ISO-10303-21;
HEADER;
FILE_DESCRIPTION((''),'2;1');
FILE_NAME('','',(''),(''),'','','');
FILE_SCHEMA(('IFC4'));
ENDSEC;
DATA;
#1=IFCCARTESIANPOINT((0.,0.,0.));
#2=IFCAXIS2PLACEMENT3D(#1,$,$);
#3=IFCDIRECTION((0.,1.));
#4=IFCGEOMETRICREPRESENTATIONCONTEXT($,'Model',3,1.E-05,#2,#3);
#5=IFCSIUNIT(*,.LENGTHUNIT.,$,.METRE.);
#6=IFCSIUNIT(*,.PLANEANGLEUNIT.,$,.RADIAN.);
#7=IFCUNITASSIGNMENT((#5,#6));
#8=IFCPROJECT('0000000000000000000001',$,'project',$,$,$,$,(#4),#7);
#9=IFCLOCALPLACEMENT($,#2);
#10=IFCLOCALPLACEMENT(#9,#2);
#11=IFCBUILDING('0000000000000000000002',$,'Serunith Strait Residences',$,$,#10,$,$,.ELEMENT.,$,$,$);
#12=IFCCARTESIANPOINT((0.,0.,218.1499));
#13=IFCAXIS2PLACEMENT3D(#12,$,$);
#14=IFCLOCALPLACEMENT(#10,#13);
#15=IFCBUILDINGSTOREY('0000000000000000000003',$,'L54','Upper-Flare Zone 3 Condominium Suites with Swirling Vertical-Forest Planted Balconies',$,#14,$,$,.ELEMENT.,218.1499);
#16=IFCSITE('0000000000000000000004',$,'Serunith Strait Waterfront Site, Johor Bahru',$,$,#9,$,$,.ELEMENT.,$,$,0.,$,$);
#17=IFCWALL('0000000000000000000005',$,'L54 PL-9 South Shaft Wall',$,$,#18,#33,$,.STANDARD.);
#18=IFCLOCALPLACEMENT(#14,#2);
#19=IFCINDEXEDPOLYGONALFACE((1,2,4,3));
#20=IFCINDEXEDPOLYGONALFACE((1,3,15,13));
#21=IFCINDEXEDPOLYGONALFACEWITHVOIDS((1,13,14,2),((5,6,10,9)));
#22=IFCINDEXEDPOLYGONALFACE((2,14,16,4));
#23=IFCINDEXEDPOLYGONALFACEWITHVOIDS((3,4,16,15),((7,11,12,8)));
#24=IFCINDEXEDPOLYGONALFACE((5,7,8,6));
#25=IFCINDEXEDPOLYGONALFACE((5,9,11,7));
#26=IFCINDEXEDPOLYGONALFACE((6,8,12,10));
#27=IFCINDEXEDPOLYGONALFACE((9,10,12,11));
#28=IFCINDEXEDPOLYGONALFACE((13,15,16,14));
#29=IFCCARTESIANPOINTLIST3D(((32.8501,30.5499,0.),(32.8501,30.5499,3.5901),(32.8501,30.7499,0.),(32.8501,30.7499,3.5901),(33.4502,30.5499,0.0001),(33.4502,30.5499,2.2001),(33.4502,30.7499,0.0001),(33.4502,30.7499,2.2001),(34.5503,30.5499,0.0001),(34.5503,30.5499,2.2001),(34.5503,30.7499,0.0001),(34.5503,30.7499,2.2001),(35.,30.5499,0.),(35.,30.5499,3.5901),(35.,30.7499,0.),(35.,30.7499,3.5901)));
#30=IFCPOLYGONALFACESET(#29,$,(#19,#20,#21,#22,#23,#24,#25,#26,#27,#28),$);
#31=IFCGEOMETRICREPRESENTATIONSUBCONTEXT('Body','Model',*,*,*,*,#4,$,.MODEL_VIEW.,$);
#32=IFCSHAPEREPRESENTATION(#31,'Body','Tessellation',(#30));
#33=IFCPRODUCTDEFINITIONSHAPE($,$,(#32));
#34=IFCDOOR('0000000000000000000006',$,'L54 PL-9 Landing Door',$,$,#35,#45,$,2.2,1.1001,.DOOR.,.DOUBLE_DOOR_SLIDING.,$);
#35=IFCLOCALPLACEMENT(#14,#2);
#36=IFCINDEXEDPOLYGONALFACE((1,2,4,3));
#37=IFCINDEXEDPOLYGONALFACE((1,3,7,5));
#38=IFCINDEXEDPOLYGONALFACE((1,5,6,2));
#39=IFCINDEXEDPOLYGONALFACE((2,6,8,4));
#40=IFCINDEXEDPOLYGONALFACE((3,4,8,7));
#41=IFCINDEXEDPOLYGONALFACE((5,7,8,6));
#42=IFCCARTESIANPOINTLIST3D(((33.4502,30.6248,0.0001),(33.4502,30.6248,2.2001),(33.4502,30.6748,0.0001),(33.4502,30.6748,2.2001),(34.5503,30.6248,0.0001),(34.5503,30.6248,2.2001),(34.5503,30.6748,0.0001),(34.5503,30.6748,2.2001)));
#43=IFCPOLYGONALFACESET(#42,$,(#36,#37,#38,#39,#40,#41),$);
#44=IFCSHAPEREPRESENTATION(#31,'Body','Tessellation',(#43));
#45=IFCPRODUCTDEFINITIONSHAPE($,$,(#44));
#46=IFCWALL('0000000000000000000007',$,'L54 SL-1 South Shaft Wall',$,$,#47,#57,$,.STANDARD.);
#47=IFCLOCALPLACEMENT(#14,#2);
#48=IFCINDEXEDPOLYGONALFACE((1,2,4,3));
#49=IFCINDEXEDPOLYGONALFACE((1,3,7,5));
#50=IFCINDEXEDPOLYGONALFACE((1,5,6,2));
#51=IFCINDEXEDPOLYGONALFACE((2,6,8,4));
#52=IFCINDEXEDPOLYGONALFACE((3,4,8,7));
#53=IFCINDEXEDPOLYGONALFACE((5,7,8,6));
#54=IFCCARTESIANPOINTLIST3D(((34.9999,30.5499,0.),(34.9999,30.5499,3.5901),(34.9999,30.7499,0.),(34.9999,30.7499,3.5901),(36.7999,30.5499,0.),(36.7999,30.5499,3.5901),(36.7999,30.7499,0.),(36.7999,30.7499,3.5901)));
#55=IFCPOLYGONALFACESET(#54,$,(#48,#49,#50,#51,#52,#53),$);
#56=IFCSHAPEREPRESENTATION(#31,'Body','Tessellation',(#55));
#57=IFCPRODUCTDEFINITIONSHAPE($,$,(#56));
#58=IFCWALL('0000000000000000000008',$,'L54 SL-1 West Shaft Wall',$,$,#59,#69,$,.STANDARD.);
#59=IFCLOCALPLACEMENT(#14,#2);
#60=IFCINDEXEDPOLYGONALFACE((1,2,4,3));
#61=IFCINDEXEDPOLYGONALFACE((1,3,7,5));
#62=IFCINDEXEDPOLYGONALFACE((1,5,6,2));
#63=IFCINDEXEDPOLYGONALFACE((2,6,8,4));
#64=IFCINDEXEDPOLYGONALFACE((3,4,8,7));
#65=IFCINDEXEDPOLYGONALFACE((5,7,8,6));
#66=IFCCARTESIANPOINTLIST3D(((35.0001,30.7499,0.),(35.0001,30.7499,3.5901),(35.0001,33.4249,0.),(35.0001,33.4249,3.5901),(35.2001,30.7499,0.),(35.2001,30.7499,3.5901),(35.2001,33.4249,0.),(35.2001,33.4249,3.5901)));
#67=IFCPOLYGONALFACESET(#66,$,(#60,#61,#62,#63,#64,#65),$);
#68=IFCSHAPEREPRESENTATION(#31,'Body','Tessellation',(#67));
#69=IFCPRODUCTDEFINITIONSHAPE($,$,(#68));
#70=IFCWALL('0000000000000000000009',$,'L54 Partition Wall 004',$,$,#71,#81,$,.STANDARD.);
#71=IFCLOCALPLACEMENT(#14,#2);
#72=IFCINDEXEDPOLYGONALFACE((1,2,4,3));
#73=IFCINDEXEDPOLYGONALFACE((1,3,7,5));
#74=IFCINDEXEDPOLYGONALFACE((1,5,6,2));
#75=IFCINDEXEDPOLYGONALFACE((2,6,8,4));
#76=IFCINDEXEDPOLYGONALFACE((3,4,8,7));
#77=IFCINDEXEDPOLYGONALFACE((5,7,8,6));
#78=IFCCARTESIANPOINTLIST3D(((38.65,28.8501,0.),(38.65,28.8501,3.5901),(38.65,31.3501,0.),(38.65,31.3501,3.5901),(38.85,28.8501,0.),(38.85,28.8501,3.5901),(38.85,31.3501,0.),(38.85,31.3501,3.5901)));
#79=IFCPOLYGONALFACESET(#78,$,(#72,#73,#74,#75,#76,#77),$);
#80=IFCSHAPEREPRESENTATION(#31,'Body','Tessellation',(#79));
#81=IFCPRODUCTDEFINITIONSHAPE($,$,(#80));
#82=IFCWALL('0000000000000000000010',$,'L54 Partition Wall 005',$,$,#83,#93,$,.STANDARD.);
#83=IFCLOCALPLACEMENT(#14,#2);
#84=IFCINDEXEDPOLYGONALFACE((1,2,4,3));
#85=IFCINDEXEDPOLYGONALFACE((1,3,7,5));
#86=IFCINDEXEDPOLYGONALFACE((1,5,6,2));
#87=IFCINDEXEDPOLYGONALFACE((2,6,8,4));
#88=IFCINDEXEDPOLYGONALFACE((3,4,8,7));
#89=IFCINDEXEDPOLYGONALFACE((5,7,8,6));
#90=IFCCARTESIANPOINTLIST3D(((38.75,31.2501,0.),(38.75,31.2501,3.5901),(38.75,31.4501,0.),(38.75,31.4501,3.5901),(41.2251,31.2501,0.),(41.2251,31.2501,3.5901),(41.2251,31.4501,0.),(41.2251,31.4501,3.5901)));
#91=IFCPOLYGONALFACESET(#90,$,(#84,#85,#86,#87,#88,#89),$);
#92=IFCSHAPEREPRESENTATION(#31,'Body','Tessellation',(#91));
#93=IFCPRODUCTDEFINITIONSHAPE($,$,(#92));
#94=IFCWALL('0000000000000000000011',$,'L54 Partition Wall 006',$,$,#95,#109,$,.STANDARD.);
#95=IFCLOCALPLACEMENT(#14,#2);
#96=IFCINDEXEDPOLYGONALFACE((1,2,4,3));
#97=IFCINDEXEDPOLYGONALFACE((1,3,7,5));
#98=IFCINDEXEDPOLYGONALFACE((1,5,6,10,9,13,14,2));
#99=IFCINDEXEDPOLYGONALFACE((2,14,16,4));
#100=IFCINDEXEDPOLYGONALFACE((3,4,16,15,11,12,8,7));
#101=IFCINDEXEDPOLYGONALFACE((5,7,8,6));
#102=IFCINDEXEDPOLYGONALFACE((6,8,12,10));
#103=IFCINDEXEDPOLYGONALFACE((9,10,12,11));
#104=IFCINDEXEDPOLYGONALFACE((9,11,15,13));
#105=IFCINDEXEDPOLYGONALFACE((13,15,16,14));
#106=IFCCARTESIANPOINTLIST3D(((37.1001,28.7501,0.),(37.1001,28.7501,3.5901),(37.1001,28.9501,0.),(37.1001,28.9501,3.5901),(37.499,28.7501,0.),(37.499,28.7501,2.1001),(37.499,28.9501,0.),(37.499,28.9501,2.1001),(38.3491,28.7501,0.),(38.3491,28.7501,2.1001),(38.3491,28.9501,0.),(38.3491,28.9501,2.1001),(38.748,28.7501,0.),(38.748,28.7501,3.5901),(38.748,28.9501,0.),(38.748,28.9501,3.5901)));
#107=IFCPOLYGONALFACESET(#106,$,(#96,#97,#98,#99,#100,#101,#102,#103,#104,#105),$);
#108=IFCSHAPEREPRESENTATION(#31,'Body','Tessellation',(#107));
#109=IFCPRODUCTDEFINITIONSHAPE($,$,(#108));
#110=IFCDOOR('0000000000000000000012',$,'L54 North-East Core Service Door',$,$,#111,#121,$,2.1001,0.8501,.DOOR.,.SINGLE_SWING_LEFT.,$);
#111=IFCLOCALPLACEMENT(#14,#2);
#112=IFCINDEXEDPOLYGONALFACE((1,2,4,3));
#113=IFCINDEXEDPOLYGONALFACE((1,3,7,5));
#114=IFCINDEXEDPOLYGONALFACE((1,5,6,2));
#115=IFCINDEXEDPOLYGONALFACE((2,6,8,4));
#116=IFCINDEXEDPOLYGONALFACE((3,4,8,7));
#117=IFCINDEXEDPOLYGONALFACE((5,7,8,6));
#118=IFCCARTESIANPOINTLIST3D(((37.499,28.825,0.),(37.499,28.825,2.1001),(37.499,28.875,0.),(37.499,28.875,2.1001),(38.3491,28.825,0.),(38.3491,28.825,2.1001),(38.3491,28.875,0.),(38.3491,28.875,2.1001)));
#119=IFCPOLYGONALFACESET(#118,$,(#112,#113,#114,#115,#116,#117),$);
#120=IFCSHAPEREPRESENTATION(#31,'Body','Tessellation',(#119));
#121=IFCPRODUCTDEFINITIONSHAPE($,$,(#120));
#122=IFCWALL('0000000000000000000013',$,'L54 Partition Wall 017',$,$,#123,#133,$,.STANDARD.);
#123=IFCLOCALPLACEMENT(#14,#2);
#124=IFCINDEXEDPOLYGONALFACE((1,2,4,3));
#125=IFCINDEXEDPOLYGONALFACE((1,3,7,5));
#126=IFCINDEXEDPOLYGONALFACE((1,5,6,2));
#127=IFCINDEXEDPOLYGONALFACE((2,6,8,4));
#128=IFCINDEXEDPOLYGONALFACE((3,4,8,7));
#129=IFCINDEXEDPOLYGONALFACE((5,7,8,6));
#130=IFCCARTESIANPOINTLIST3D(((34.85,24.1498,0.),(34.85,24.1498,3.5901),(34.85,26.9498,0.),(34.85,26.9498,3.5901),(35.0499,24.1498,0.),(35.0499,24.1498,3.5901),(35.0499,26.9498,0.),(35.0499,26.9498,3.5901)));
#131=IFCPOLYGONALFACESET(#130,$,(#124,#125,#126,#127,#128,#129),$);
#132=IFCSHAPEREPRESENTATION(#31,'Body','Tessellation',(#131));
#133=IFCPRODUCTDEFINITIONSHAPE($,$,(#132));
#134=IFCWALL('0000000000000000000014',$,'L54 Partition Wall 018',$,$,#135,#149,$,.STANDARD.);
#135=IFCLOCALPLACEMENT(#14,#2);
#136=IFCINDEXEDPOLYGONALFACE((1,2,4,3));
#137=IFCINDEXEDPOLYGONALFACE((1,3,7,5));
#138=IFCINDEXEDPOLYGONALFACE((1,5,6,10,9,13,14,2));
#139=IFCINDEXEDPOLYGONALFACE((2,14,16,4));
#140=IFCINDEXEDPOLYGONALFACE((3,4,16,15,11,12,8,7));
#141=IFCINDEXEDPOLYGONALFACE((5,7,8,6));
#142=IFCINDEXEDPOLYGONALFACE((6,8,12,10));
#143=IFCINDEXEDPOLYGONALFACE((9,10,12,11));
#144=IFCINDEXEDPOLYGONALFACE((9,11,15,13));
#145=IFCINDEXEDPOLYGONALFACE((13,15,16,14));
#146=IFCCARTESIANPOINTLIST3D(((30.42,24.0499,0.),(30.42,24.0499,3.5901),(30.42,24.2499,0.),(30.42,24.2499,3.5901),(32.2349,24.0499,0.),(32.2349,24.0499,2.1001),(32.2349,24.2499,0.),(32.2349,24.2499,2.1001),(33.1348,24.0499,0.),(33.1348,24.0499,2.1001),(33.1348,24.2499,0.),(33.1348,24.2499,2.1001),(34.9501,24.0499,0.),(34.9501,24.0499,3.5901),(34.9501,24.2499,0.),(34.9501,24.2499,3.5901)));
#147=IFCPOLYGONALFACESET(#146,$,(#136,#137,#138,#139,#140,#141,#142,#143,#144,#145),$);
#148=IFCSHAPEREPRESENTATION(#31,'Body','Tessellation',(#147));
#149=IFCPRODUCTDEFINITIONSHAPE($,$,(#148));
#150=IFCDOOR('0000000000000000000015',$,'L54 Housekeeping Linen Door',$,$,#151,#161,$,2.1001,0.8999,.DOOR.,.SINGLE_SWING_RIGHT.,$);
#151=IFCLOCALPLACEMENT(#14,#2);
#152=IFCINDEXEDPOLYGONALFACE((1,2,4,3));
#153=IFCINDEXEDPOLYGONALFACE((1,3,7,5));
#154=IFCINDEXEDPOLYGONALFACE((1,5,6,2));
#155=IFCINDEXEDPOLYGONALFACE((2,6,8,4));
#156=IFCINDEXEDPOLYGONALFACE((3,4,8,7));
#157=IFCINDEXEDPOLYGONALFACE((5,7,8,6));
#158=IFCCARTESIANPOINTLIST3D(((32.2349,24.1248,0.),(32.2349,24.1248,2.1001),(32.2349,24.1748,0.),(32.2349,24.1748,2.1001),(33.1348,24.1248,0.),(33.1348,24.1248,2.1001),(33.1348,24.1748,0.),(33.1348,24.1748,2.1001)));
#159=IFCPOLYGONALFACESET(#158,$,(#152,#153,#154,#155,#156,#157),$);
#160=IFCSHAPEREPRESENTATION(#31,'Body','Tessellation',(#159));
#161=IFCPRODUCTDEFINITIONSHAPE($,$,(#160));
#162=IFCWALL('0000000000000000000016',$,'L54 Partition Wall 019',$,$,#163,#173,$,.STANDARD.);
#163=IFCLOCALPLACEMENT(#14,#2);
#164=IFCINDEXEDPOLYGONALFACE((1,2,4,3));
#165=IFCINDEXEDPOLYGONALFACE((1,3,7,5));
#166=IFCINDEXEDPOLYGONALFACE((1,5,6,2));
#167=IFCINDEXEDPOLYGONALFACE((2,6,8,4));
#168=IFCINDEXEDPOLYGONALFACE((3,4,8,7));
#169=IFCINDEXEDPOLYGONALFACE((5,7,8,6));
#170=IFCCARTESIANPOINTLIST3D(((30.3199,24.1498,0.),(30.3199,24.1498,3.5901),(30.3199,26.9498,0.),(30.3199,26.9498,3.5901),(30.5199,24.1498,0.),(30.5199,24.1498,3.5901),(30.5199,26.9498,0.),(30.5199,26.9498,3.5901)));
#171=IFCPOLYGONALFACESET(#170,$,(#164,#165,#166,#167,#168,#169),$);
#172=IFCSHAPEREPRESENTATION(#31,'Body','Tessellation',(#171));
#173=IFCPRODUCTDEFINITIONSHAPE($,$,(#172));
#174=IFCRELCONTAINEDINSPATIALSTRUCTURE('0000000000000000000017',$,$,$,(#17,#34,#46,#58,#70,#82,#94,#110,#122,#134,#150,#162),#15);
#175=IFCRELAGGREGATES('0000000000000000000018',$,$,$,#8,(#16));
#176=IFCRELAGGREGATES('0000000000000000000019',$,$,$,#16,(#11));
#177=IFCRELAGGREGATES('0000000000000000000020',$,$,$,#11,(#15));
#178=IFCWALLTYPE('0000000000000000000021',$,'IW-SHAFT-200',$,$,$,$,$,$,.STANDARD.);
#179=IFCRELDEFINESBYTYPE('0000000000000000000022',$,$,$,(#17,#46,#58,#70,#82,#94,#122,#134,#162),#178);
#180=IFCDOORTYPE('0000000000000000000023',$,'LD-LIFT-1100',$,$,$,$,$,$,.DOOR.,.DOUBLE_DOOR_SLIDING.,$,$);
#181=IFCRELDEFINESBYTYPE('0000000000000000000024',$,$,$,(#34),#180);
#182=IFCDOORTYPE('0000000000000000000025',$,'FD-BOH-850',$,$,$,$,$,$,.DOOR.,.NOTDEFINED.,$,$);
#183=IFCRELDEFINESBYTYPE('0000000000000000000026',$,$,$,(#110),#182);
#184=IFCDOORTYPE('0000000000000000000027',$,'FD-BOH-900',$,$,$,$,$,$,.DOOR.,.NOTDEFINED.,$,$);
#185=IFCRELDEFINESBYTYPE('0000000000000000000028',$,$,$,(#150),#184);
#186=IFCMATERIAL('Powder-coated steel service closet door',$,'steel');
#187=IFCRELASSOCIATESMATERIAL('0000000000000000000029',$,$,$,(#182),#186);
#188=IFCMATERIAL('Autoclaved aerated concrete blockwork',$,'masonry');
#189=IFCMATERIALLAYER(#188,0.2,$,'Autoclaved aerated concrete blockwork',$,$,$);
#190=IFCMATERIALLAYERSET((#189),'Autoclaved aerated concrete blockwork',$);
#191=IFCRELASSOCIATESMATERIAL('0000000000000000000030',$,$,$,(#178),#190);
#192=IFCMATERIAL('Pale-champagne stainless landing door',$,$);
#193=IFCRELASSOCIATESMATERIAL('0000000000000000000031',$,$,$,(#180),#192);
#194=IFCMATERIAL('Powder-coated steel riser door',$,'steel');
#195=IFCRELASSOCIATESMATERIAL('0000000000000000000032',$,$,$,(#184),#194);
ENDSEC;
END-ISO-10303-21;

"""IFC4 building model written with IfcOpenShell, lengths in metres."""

from ifc_helpers import new_model, si_unit, direction, frame, frame_2d, origin, place, context, subcontext, project, spatial, rectangle, extrude, source, transform, mapped, material, layer, layer_set, type_object, element, fill, save


model = new_model("IFC4")

# Units and contexts
model_context = context("Model", 3, precision=1e-05, world=origin(), true_north=direction((0.0, 1.0)))
body_context = subcontext(model_context, "Body", "Model", "MODEL_VIEW")
ifc_project = project(units=[si_unit("LENGTHUNIT", "METRE"), si_unit("PLANEANGLEUNIT", "RADIAN")], contexts=[model_context])

# Site, building, storey
site_placement = place(None, origin())
site = spatial("IfcSite", under=ifc_project, at=site_placement, Name="Serunith Strait Waterfront Site, Johor Bahru", CompositionType="ELEMENT", RefElevation=0.0)
building_placement = place(site_placement, origin())
building = spatial("IfcBuilding", under=site, at=building_placement, Name="Serunith Strait Residences", CompositionType="ELEMENT")
storey_placement = place(building_placement, frame((0.0, 0.0, 218.1499)))
storey = spatial("IfcBuildingStorey", under=building, at=storey_placement, Name="L54", Description="Upper-Flare Zone 3 Condominium Suites with Swirling Vertical-Forest Planted Balconies", CompositionType="ELEMENT", Elevation=218.1499)

# Shared definitions
ifc_material_1 = material(Name="Powder-coated steel service closet door", Category="steel")
door_type_1 = type_object("IfcDoorType", Name="FD-BOH-850", OperationType="NOTDEFINED", PredefinedType="DOOR", material=ifc_material_1)
shared_shape_1 = source(origin(), body_context, "Body", "SweptSolid", [
    extrude(rectangle(XDim=0.8501, YDim=2.1001, at=frame_2d((0.425, 1.05))), frame((0.0, 0.0249, 0.0), z_axis=(0.0, -1.0, 0.0), x_axis=(1.0, 0.0, 0.0)), (0.0, 0.0, 1.0), 0.05),
])

# Wall, opening, door
ifc_material_2 = material(Name="Autoclaved aerated concrete blockwork", Category="masonry")
ifc_layer_1 = layer(ifc_material_2, 0.2, Name="Autoclaved aerated concrete blockwork")
ifc_layer_set_1 = layer_set([ifc_layer_1], Name="Autoclaved aerated concrete blockwork")
wall_type_1 = type_object("IfcWallType", Name="IW-SHAFT-200", PredefinedType="STANDARD", material=ifc_layer_set_1)
ifc_material_3 = material(Name="Pale-champagne stainless landing door")
door_type_2 = type_object("IfcDoorType", Name="LD-LIFT-1100", OperationType="DOUBLE_DOOR_SLIDING", PredefinedType="DOOR", material=ifc_material_3)
shared_shape_2 = source(origin(), body_context, "Body", "SweptSolid", [
    extrude(rectangle(XDim=1.1001, YDim=2.2, at=frame_2d((0.55, 1.1001))), frame((0.0, 0.0249, 0.0), z_axis=(0.0, -1.0, 0.0), x_axis=(1.0, 0.0, 0.0)), (0.0, 0.0, 1.0), 0.05),
])
wall_1_placement = place(storey_placement, frame((32.8501, 30.6499, 0.0), z_axis=(0.0, 0.0, 1.0), x_axis=(1.0, 0.0, 0.0)))
wall_1 = element("IfcWall", 1, at=wall_1_placement, inside=storey, type_object=wall_type_1, Name="L54 PL-9 South Shaft Wall", PredefinedType="STANDARD", context=body_context, shape_type="SweptSolid", body=[
    extrude(rectangle(XDim=2.1499, YDim=0.2, at=frame_2d((1.075, 0.0))), origin(), (0.0, 0.0, 1.0), 3.5901),
])
opening_1_placement = place(wall_1_placement, frame((0.6001, 0.0, 0.0)))
opening_1 = element("IfcOpeningElement", 2, at=opening_1_placement, cuts=wall_1, PredefinedType="OPENING", context=body_context, shape_type="SweptSolid", body=[
    extrude(rectangle(XDim=1.1001, YDim=2.2, at=frame_2d((0.55, 1.1001))), frame((0.0, 0.1099, 0.0), z_axis=(0.0, -1.0, 0.0), x_axis=(1.0, 0.0, 0.0)), (0.0, 0.0, 1.0), 0.22),
])
door_1_placement = place(opening_1_placement, origin())
door_1 = element("IfcDoor", 3, at=door_1_placement, inside=storey, type_object=door_type_2, Name="L54 PL-9 Landing Door", OperationType="DOUBLE_DOOR_SLIDING", OverallHeight=2.2, OverallWidth=1.1001, PredefinedType="DOOR", context=body_context, shape_type="MappedRepresentation", body=[
    mapped(shared_shape_2, transform((0.0, 0.0, 0.0), scale=1.0)),
])
fill(opening_1, door_1)

# Walls
wall_2_placement = place(storey_placement, frame((35.0, 30.6499, 0.0), z_axis=(0.0, 0.0, 1.0), x_axis=(1.0, 0.0, 0.0)))
element("IfcWall", 4, at=wall_2_placement, inside=storey, type_object=wall_type_1, Name="L54 SL-1 South Shaft Wall", PredefinedType="STANDARD", context=body_context, shape_type="SweptSolid", body=[
    extrude(rectangle(XDim=1.8, YDim=0.2, at=frame_2d((0.8999, 0.0))), origin(), (0.0, 0.0, 1.0), 3.5901),
])
wall_3_placement = place(storey_placement, frame((35.1001, 30.75, 0.0), z_axis=(0.0, 0.0, 1.0), x_axis=(0.0, 1.0, 0.0)))
element("IfcWall", 5, at=wall_3_placement, inside=storey, type_object=wall_type_1, Name="L54 SL-1 West Shaft Wall", PredefinedType="STANDARD", context=body_context, shape_type="SweptSolid", body=[
    extrude(rectangle(XDim=2.675, YDim=0.2, at=frame_2d((1.3374, 0.0))), origin(), (0.0, 0.0, 1.0), 3.5901),
])
wall_4_placement = place(storey_placement, frame((38.75, 28.8501, 0.0), z_axis=(0.0, 0.0, 1.0), x_axis=(0.0, 1.0, 0.0)))
element("IfcWall", 6, at=wall_4_placement, inside=storey, type_object=wall_type_1, Name="L54 Partition Wall 004", PredefinedType="STANDARD", context=body_context, shape_type="SweptSolid", body=[
    extrude(rectangle(XDim=2.5, YDim=0.2, at=frame_2d((1.25, 0.0))), origin(), (0.0, 0.0, 1.0), 3.5901),
])
wall_5_placement = place(storey_placement, frame((38.75, 31.3501, 0.0), z_axis=(0.0, 0.0, 1.0), x_axis=(1.0, 0.0, 0.0)))
element("IfcWall", 7, at=wall_5_placement, inside=storey, type_object=wall_type_1, Name="L54 Partition Wall 005", PredefinedType="STANDARD", context=body_context, shape_type="SweptSolid", body=[
    extrude(rectangle(XDim=2.4751, YDim=0.2, at=frame_2d((1.2375, 0.0))), origin(), (0.0, 0.0, 1.0), 3.5901),
])

# Wall, opening, door
wall_6_placement = place(storey_placement, frame((37.1001, 28.8501, 0.0), z_axis=(0.0, 0.0, 1.0), x_axis=(1.0, 0.0, 0.0)))
wall_6 = element("IfcWall", 8, at=wall_6_placement, inside=storey, type_object=wall_type_1, Name="L54 Partition Wall 006", PredefinedType="STANDARD", context=body_context, shape_type="SweptSolid", body=[
    extrude(rectangle(XDim=1.6479, YDim=0.2, at=frame_2d((0.824, 0.0))), origin(), (0.0, 0.0, 1.0), 3.5901),
])
opening_2_placement = place(wall_6_placement, frame((0.3989, 0.0, 0.0)))
opening_2 = element("IfcOpeningElement", 9, at=opening_2_placement, cuts=wall_6, PredefinedType="OPENING", context=body_context, shape_type="SweptSolid", body=[
    extrude(rectangle(XDim=0.8501, YDim=2.1001, at=frame_2d((0.425, 1.05))), frame((0.0, 0.1099, 0.0), z_axis=(0.0, -1.0, 0.0), x_axis=(1.0, 0.0, 0.0)), (0.0, 0.0, 1.0), 0.22),
])
door_2_placement = place(opening_2_placement, origin())
door_2 = element("IfcDoor", 10, at=door_2_placement, inside=storey, type_object=door_type_1, Name="L54 North-East Core Service Door", OperationType="SINGLE_SWING_LEFT", OverallHeight=2.1001, OverallWidth=0.8501, PredefinedType="DOOR", context=body_context, shape_type="MappedRepresentation", body=[
    mapped(shared_shape_1, transform((0.0, 0.0, 0.0), scale=1.0)),
])
fill(opening_2, door_2)

# Wall
wall_7_placement = place(storey_placement, frame((34.95, 24.1499, 0.0), z_axis=(0.0, 0.0, 1.0), x_axis=(0.0, 1.0, 0.0)))
element("IfcWall", 11, at=wall_7_placement, inside=storey, type_object=wall_type_1, Name="L54 Partition Wall 017", PredefinedType="STANDARD", context=body_context, shape_type="SweptSolid", body=[
    extrude(rectangle(XDim=2.8, YDim=0.2, at=frame_2d((1.3999, 0.0))), origin(), (0.0, 0.0, 1.0), 3.5901),
])

# Wall, opening, door
wall_8_placement = place(storey_placement, frame((30.4199, 24.1499, 0.0), z_axis=(0.0, 0.0, 1.0), x_axis=(1.0, 0.0, 0.0)))
wall_8 = element("IfcWall", 12, at=wall_8_placement, inside=storey, type_object=wall_type_1, Name="L54 Partition Wall 018", PredefinedType="STANDARD", context=body_context, shape_type="SweptSolid", body=[
    extrude(rectangle(XDim=4.53, YDim=0.2, at=frame_2d((2.2651, 0.0))), origin(), (0.0, 0.0, 1.0), 3.5901),
])
opening_3_placement = place(wall_8_placement, frame((1.8149, 0.0, 0.0)))
opening_3 = element("IfcOpeningElement", 13, at=opening_3_placement, cuts=wall_8, PredefinedType="OPENING", context=body_context, shape_type="SweptSolid", body=[
    extrude(rectangle(XDim=0.8999, YDim=2.1001, at=frame_2d((0.45, 1.05))), frame((0.0, 0.1099, 0.0), z_axis=(0.0, -1.0, 0.0), x_axis=(1.0, 0.0, 0.0)), (0.0, 0.0, 1.0), 0.22),
])
ifc_material_4 = material(Name="Powder-coated steel riser door", Category="steel")
door_type_3 = type_object("IfcDoorType", Name="FD-BOH-900", OperationType="NOTDEFINED", PredefinedType="DOOR", material=ifc_material_4)
shared_shape_3 = source(origin(), body_context, "Body", "SweptSolid", [
    extrude(rectangle(XDim=0.8999, YDim=2.1001, at=frame_2d((0.45, 1.05))), frame((0.0, 0.0249, 0.0), z_axis=(0.0, -1.0, 0.0), x_axis=(1.0, 0.0, 0.0)), (0.0, 0.0, 1.0), 0.05),
])
door_3_placement = place(opening_3_placement, origin())
door_3 = element("IfcDoor", 14, at=door_3_placement, inside=storey, type_object=door_type_3, Name="L54 Housekeeping Linen Door", OperationType="SINGLE_SWING_RIGHT", OverallHeight=2.1001, OverallWidth=0.8999, PredefinedType="DOOR", context=body_context, shape_type="MappedRepresentation", body=[
    mapped(shared_shape_3, transform((0.0, 0.0, 0.0), scale=1.0)),
])
fill(opening_3, door_3)

# Wall
wall_9_placement = place(storey_placement, frame((30.4199, 24.1499, 0.0), z_axis=(0.0, 0.0, 1.0), x_axis=(0.0, 1.0, 0.0)))
element("IfcWall", 15, at=wall_9_placement, inside=storey, type_object=wall_type_1, Name="L54 Partition Wall 019", PredefinedType="STANDARD", context=body_context, shape_type="SweptSolid", body=[
    extrude(rectangle(XDim=2.8, YDim=0.2, at=frame_2d((1.3999, 0.0))), origin(), (0.0, 0.0, 1.0), 3.5901),
])

save(model, "model.ifc")
